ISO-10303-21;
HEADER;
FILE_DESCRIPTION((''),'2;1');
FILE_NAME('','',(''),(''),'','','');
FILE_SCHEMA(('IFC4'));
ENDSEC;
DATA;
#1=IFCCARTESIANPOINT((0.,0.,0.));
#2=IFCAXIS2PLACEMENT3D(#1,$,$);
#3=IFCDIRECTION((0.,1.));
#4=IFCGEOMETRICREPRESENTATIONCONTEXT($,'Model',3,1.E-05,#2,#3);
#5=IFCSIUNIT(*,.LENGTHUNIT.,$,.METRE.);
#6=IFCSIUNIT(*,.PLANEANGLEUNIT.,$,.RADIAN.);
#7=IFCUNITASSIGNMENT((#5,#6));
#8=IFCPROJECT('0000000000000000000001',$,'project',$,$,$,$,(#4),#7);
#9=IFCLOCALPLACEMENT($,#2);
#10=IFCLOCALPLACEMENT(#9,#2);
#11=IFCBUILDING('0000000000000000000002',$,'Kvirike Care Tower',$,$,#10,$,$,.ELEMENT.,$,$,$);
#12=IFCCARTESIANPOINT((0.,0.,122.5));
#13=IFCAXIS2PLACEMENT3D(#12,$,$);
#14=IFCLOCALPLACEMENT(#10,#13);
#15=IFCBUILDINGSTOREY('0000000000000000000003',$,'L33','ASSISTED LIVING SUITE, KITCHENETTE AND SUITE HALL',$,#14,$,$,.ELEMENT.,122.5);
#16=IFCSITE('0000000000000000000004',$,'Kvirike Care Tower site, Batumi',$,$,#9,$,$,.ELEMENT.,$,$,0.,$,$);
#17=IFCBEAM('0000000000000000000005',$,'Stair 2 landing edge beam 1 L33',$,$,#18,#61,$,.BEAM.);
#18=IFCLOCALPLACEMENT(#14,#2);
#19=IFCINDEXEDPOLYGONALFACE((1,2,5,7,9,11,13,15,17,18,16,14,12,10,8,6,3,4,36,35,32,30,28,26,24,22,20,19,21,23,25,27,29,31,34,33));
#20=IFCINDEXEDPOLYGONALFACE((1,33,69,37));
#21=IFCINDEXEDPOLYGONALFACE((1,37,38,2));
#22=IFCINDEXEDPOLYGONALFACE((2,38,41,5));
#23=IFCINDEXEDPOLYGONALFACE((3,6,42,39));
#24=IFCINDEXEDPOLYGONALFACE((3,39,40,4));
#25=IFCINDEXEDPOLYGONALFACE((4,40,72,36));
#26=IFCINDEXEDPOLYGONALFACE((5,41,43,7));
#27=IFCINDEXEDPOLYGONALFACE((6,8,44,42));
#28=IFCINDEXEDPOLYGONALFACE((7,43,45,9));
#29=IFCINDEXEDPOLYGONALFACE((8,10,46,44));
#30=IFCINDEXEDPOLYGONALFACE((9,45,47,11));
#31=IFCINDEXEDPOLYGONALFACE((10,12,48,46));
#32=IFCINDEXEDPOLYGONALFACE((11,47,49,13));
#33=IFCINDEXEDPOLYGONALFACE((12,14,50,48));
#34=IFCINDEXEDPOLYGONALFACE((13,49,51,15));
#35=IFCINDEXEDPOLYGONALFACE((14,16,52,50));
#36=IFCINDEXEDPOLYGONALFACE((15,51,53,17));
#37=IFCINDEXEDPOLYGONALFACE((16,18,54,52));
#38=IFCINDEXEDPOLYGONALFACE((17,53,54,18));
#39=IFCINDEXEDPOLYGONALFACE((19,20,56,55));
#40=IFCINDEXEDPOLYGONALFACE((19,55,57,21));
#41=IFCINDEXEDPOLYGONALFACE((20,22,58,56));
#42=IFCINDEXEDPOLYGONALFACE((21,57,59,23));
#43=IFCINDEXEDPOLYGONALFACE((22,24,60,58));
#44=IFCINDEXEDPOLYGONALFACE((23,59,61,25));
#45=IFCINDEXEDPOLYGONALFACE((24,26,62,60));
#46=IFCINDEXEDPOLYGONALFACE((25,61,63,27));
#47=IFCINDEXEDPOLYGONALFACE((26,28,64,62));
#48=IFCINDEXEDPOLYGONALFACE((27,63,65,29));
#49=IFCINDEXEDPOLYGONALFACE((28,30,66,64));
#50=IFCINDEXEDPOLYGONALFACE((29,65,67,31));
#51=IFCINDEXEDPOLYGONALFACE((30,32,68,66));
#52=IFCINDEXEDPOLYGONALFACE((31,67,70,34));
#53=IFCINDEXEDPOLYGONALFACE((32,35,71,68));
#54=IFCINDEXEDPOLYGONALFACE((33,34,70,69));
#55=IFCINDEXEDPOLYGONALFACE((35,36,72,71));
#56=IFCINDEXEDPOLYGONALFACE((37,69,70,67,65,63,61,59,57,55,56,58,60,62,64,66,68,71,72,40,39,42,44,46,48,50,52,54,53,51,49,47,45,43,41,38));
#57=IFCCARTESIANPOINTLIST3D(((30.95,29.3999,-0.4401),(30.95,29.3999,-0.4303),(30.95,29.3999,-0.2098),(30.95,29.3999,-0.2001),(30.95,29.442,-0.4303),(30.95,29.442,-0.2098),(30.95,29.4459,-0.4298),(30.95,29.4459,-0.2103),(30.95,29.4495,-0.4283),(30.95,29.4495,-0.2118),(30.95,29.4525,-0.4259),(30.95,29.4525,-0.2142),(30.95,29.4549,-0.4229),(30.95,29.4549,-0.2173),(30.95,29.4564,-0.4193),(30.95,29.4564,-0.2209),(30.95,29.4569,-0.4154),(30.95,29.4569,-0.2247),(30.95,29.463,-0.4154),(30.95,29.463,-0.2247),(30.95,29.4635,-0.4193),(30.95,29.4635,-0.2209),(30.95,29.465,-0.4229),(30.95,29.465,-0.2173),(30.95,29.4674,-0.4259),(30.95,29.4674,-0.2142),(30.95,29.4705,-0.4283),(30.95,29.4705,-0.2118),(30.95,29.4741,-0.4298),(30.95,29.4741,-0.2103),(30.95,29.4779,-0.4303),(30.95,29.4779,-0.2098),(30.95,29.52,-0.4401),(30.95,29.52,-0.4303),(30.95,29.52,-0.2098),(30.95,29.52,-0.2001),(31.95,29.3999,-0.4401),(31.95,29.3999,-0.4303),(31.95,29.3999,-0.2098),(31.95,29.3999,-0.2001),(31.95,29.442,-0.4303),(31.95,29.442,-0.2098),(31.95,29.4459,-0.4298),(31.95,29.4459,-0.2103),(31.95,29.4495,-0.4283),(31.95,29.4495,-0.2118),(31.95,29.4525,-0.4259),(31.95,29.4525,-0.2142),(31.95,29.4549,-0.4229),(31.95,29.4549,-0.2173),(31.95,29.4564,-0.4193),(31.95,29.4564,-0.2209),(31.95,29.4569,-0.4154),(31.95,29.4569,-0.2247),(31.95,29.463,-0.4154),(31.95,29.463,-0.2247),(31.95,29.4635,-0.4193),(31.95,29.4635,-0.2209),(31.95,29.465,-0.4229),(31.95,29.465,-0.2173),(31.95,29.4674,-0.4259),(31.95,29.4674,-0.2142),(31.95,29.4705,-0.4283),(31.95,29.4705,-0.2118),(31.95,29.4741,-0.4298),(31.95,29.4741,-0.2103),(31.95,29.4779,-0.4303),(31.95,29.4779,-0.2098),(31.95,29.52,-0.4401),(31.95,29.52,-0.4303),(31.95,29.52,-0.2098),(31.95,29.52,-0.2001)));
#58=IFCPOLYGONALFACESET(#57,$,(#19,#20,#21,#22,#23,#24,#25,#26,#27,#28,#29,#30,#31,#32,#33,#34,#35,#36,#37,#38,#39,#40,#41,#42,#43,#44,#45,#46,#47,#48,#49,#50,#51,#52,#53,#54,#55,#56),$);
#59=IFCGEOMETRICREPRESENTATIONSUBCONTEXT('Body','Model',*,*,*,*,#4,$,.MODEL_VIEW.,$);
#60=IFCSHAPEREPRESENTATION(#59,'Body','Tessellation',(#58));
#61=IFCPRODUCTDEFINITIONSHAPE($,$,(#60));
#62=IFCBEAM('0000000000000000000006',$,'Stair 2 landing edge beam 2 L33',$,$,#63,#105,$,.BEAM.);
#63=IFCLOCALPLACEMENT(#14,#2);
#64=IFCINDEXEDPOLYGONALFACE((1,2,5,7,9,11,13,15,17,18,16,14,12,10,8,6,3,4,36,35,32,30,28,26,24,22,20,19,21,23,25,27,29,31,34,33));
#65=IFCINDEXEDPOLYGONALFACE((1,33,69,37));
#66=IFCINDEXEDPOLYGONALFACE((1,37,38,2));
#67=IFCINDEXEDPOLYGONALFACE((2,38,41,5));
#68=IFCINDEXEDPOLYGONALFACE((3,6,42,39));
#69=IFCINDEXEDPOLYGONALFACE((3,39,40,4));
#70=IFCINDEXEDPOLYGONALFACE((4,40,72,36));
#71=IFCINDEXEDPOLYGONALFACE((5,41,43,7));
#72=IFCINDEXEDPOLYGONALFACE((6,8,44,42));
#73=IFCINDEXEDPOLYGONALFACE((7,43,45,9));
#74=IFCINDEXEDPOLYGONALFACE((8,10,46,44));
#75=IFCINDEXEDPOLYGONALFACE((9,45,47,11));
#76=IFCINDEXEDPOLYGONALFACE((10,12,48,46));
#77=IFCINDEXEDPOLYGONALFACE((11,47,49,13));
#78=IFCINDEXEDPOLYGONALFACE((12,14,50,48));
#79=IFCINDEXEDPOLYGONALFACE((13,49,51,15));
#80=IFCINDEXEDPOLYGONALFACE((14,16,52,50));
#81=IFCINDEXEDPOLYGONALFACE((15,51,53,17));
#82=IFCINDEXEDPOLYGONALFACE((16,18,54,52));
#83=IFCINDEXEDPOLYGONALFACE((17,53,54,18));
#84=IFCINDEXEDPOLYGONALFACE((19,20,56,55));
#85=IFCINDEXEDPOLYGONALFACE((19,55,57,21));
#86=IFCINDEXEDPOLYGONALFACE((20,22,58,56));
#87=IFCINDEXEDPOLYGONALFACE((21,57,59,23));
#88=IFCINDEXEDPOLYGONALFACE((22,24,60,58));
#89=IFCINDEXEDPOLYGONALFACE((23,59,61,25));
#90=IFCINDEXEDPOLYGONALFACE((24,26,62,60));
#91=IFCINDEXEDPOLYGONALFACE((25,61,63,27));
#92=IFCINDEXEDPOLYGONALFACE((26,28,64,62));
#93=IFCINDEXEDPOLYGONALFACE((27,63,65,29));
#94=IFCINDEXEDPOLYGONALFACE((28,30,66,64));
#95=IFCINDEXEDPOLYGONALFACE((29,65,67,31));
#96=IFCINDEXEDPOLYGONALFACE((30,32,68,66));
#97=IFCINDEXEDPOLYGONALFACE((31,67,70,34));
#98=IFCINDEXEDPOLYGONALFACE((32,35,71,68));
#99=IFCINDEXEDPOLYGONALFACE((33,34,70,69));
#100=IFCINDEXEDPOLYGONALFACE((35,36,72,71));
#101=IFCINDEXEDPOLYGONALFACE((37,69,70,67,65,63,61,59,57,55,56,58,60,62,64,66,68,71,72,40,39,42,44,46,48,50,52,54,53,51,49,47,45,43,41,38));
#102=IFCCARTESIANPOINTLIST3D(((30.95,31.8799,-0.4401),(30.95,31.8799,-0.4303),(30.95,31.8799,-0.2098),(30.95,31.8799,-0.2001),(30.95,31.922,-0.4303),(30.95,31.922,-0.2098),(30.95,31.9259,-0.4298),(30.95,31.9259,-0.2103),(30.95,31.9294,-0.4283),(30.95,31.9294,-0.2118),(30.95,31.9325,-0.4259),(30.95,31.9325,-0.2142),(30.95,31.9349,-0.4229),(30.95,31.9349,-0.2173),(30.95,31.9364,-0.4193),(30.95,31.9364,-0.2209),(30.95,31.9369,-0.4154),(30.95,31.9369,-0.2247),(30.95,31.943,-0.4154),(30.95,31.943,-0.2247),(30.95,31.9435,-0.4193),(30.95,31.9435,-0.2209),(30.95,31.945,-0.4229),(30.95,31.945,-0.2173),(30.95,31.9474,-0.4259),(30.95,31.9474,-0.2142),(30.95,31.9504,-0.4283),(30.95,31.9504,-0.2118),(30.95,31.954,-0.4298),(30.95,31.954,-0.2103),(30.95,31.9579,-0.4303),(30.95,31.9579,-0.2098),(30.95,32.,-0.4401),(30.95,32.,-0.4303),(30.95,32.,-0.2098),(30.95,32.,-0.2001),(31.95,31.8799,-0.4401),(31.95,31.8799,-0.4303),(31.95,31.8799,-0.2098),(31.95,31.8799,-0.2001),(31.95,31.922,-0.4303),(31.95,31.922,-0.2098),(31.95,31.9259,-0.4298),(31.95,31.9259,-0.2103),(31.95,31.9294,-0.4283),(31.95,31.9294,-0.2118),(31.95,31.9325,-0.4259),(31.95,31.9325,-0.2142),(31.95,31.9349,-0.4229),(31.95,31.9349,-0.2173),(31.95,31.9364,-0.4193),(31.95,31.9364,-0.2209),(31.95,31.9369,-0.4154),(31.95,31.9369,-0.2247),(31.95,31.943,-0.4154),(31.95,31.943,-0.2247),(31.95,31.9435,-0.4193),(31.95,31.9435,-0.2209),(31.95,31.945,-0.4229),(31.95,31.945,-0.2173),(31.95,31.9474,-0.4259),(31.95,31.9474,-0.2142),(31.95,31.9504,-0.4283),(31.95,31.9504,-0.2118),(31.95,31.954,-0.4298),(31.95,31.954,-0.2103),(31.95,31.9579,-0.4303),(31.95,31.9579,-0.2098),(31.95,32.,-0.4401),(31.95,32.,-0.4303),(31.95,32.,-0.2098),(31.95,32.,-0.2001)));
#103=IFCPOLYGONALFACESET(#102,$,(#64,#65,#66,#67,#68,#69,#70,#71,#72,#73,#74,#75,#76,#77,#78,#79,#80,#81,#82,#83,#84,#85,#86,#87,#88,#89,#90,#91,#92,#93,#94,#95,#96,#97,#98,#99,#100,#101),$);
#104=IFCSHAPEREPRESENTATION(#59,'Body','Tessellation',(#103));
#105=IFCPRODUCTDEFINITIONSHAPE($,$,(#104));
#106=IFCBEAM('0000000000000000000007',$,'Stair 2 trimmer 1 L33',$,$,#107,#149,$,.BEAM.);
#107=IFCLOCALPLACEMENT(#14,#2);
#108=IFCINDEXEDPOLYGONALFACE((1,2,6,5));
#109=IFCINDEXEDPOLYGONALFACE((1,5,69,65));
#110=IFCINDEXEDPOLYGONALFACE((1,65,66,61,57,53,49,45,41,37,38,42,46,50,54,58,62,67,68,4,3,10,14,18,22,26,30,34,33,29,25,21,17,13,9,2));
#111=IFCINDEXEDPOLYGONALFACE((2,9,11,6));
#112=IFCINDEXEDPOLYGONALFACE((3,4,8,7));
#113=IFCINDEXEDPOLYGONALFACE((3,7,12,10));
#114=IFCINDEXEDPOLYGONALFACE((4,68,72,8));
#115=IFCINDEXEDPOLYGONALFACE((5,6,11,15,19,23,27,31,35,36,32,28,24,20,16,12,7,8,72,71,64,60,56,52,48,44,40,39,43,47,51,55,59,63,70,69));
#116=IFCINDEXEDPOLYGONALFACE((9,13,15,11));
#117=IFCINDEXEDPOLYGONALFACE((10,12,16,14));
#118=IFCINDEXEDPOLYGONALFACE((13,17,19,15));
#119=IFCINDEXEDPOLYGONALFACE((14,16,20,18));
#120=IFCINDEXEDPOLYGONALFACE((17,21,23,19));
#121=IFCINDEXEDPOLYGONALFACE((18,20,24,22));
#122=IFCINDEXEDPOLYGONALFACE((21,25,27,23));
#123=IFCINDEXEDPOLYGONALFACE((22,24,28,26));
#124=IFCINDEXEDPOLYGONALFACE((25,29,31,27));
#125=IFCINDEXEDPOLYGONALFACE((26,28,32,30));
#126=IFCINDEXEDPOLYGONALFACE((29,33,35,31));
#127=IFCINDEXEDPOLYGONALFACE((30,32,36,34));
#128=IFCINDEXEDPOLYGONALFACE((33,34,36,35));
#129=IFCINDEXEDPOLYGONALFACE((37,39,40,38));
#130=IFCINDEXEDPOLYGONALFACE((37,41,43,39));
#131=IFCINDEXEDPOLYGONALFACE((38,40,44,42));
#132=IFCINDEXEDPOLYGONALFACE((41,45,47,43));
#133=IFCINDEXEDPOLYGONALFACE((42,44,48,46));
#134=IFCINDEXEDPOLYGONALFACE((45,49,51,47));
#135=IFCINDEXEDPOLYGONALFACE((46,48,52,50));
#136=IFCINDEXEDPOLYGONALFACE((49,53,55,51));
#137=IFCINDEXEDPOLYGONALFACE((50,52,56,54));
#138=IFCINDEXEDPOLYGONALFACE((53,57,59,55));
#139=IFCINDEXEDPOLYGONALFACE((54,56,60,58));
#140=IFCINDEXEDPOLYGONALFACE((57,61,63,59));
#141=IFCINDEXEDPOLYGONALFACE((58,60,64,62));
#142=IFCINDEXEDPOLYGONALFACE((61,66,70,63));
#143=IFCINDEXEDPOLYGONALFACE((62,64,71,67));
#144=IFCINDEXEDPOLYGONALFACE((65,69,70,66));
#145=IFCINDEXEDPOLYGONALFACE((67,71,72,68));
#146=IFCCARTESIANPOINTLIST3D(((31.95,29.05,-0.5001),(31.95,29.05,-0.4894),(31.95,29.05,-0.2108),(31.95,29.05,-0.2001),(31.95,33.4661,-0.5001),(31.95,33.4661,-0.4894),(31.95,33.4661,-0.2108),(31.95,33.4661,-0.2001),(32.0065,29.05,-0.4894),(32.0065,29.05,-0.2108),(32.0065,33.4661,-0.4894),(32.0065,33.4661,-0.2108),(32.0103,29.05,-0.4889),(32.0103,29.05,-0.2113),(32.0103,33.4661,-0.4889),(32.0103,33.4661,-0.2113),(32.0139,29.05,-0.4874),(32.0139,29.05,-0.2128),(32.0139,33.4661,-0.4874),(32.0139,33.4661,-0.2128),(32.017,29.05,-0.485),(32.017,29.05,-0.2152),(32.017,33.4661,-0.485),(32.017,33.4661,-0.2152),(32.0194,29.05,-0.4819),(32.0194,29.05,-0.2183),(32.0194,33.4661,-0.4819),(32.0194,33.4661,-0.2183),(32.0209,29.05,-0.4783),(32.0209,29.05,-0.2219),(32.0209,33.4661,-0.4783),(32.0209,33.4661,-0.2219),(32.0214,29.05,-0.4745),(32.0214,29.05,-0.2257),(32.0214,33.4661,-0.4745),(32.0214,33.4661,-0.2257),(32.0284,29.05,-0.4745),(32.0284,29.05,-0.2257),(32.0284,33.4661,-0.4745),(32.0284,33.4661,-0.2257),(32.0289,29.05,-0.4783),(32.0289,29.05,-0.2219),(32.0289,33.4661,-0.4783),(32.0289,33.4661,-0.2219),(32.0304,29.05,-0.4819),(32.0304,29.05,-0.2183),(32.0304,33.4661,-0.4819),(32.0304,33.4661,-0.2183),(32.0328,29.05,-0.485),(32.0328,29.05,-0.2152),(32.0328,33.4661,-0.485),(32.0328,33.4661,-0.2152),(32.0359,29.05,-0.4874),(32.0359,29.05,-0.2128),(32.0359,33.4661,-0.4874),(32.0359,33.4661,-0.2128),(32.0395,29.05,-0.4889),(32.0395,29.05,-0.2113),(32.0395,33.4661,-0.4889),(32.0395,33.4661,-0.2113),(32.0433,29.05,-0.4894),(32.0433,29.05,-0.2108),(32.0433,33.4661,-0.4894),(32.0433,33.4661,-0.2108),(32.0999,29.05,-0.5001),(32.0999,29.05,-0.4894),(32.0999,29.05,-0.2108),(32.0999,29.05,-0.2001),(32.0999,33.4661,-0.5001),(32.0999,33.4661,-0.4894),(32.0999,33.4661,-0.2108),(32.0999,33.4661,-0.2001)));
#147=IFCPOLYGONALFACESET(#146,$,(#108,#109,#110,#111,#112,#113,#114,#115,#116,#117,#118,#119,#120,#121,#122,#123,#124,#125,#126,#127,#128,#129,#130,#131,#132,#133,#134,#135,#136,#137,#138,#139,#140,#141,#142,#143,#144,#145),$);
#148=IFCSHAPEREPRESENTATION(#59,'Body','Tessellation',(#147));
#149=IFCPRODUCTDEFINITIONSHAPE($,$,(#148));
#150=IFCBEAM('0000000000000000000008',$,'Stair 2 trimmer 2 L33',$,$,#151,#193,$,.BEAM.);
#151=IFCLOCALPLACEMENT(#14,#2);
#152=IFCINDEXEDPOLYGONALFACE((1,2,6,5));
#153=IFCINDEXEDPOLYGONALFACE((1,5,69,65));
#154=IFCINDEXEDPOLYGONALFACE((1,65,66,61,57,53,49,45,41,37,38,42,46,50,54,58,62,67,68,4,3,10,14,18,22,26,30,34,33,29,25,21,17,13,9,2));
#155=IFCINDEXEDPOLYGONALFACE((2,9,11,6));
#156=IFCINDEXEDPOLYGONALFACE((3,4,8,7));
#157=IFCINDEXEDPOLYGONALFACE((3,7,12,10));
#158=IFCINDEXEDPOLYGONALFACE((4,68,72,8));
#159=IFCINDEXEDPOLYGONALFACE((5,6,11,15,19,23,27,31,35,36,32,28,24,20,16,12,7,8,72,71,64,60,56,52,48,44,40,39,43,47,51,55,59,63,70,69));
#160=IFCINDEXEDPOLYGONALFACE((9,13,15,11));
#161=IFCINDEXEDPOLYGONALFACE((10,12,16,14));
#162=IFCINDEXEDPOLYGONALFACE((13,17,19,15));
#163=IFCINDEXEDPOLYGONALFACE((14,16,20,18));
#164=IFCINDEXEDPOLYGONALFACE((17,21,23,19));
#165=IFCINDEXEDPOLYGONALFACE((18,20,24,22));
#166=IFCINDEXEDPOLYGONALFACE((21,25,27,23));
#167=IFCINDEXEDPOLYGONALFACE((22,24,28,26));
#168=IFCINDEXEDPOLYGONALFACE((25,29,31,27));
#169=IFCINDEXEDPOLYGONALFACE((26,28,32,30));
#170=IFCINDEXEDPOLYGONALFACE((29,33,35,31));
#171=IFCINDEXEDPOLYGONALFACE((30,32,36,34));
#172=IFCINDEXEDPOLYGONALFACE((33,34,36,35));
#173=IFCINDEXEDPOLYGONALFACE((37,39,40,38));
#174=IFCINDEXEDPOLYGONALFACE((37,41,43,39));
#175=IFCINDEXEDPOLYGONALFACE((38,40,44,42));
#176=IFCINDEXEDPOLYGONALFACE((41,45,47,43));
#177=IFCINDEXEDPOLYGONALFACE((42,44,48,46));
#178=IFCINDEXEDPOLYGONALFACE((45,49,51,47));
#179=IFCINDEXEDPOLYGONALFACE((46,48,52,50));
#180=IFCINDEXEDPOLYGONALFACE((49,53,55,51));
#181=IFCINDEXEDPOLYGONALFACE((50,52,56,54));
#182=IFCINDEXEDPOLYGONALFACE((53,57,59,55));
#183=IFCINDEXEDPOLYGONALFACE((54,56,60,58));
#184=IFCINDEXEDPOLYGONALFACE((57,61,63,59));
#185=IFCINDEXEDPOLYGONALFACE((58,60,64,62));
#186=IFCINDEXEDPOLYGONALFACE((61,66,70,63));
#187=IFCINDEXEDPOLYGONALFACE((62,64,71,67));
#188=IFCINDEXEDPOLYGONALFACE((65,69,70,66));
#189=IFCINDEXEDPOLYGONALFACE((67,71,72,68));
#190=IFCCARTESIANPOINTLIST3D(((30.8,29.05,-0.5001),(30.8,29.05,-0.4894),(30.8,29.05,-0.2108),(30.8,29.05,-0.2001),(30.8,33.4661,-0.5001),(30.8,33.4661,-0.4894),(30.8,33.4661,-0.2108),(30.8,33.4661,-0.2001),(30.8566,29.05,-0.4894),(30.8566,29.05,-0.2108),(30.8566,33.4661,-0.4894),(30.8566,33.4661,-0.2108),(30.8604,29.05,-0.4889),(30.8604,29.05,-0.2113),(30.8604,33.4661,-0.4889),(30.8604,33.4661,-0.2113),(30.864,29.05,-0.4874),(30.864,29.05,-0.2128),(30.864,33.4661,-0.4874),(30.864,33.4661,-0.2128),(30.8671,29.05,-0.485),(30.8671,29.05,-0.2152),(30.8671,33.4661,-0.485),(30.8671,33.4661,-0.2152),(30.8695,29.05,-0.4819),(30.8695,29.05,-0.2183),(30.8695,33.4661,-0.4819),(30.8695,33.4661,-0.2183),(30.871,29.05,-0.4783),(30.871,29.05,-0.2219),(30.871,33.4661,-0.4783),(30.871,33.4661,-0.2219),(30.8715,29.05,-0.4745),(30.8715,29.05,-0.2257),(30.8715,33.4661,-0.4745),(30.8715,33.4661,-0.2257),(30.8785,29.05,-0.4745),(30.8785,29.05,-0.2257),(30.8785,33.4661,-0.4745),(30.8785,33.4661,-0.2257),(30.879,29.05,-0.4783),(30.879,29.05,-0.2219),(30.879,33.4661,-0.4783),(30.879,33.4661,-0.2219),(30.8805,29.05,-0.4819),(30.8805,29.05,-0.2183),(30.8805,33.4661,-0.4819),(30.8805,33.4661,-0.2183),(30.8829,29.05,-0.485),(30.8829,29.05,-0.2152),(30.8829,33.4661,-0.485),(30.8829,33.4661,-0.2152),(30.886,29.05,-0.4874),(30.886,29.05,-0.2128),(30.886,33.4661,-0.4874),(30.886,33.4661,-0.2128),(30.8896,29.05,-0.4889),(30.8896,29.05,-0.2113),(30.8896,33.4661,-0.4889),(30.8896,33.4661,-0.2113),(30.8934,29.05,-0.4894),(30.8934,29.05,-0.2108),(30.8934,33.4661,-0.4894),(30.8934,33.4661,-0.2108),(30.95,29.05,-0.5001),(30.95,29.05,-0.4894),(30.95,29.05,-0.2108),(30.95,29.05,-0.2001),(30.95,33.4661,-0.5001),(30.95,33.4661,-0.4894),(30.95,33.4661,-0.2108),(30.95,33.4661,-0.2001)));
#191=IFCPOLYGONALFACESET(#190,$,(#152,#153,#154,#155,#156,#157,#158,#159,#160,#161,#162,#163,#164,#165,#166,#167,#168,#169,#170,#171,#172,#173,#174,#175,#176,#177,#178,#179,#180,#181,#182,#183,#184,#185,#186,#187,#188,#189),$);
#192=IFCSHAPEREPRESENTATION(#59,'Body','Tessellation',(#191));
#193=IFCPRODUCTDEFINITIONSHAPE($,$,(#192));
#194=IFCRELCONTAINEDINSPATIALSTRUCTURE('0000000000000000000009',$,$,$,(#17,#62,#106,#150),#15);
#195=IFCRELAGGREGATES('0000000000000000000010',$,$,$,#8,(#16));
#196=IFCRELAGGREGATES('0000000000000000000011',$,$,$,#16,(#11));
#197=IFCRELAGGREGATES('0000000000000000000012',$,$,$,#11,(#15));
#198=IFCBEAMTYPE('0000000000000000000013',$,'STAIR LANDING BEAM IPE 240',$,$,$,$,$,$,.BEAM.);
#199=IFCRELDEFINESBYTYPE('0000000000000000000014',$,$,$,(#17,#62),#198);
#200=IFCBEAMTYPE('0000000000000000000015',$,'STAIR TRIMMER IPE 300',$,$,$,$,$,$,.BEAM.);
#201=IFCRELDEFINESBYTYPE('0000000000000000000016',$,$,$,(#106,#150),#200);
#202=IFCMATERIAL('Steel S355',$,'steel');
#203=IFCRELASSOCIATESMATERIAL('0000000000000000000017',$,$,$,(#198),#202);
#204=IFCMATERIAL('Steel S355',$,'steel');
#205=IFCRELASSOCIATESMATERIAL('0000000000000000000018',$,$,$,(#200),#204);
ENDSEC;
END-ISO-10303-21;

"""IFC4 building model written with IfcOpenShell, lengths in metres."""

from ifc_helpers import new_model, si_unit, direction, frame, origin, origin_2d, place, context, subcontext, project, spatial, i_section, extrude, material, material_profile, profile_set, type_object, element, save


model = new_model("IFC4")

# Units and contexts
model_context = context("Model", 3, precision=1e-05, world=origin(), true_north=direction((0.0, 1.0)))
body_context = subcontext(model_context, "Body", "Model", "MODEL_VIEW")
ifc_project = project(units=[si_unit("LENGTHUNIT", "METRE"), si_unit("PLANEANGLEUNIT", "RADIAN")], contexts=[model_context])

# Site, building, storey
site_placement = place(None, origin())
site = spatial("IfcSite", under=ifc_project, at=site_placement, Name="Kvirike Care Tower site, Batumi", CompositionType="ELEMENT", RefElevation=0.0)
building_placement = place(site_placement, origin())
building = spatial("IfcBuilding", under=site, at=building_placement, Name="Kvirike Care Tower", CompositionType="ELEMENT")
storey_placement = place(building_placement, frame((0.0, 0.0, 122.5)))
storey = spatial("IfcBuildingStorey", under=building, at=storey_placement, Name="L33", Description="ASSISTED LIVING SUITE, KITCHENETTE AND SUITE HALL", CompositionType="ELEMENT", Elevation=122.5)

# Beams
ifc_material_1 = material(Name="Steel S355", Category="steel")
ifc_material_profile_1 = material_profile(ifc_material_1, i_section(OverallWidth=0.1201, OverallDepth=0.24, WebThickness=0.0061, FlangeThickness=0.0098, FilletRadius=0.0149, at=origin_2d()), Name="IPE 240")
ifc_profile_set_1 = profile_set([ifc_material_profile_1], Name="Steel S355")
beam_type_1 = type_object("IfcBeamType", Name="STAIR LANDING BEAM IPE 240", PredefinedType="BEAM", material=ifc_profile_set_1)
for number, where, z_axis, x_axis, name in (
    (1, (31.95, 29.46, -0.3201), (-1.0, 0.0, 0.0), (0.0, -1.0, 0.0), "Stair 2 landing edge beam 1 L33"),
    (2, (31.95, 31.9399, -0.3201), (-1.0, 0.0, 0.0), (0.0, -1.0, 0.0), "Stair 2 landing edge beam 2 L33"),
):
    element("IfcBeam", number, at=place(storey_placement, frame(where, z_axis=z_axis, x_axis=x_axis)), inside=storey, type_object=beam_type_1, Name=name, PredefinedType="BEAM", context=body_context, shape_type="SweptSolid", body=[
        extrude(i_section(OverallWidth=0.1201, OverallDepth=0.24, WebThickness=0.0061, FlangeThickness=0.0098, FilletRadius=0.0149, at=origin_2d()), origin(), (0.0, 0.0, 1.0), 1.0),
    ])
ifc_material_2 = material(Name="Steel S355", Category="steel")
ifc_material_profile_2 = material_profile(ifc_material_2, i_section(OverallWidth=0.1499, OverallDepth=0.3, WebThickness=0.0071, FlangeThickness=0.0107, FilletRadius=0.0149, at=origin_2d()), Name="IPE 300")
ifc_profile_set_2 = profile_set([ifc_material_profile_2], Name="Steel S355")
beam_type_2 = type_object("IfcBeamType", Name="STAIR TRIMMER IPE 300", PredefinedType="BEAM", material=ifc_profile_set_2)
for number, where, z_axis, x_axis, name in (
    (3, (32.0249, 29.05, -0.3501), (0.0, 1.0, 0.0), (-1.0, 0.0, 0.0), "Stair 2 trimmer 1 L33"),
    (4, (30.875, 29.05, -0.3501), (0.0, 1.0, 0.0), (-1.0, 0.0, 0.0), "Stair 2 trimmer 2 L33"),
):
    element("IfcBeam", number, at=place(storey_placement, frame(where, z_axis=z_axis, x_axis=x_axis)), inside=storey, type_object=beam_type_2, Name=name, PredefinedType="BEAM", context=body_context, shape_type="SweptSolid", body=[
        extrude(i_section(OverallWidth=0.1499, OverallDepth=0.3, WebThickness=0.0071, FlangeThickness=0.0107, FilletRadius=0.0149, at=origin_2d()), origin(), (0.0, 0.0, 1.0), 4.416),
    ])

save(model, "model.ifc")
